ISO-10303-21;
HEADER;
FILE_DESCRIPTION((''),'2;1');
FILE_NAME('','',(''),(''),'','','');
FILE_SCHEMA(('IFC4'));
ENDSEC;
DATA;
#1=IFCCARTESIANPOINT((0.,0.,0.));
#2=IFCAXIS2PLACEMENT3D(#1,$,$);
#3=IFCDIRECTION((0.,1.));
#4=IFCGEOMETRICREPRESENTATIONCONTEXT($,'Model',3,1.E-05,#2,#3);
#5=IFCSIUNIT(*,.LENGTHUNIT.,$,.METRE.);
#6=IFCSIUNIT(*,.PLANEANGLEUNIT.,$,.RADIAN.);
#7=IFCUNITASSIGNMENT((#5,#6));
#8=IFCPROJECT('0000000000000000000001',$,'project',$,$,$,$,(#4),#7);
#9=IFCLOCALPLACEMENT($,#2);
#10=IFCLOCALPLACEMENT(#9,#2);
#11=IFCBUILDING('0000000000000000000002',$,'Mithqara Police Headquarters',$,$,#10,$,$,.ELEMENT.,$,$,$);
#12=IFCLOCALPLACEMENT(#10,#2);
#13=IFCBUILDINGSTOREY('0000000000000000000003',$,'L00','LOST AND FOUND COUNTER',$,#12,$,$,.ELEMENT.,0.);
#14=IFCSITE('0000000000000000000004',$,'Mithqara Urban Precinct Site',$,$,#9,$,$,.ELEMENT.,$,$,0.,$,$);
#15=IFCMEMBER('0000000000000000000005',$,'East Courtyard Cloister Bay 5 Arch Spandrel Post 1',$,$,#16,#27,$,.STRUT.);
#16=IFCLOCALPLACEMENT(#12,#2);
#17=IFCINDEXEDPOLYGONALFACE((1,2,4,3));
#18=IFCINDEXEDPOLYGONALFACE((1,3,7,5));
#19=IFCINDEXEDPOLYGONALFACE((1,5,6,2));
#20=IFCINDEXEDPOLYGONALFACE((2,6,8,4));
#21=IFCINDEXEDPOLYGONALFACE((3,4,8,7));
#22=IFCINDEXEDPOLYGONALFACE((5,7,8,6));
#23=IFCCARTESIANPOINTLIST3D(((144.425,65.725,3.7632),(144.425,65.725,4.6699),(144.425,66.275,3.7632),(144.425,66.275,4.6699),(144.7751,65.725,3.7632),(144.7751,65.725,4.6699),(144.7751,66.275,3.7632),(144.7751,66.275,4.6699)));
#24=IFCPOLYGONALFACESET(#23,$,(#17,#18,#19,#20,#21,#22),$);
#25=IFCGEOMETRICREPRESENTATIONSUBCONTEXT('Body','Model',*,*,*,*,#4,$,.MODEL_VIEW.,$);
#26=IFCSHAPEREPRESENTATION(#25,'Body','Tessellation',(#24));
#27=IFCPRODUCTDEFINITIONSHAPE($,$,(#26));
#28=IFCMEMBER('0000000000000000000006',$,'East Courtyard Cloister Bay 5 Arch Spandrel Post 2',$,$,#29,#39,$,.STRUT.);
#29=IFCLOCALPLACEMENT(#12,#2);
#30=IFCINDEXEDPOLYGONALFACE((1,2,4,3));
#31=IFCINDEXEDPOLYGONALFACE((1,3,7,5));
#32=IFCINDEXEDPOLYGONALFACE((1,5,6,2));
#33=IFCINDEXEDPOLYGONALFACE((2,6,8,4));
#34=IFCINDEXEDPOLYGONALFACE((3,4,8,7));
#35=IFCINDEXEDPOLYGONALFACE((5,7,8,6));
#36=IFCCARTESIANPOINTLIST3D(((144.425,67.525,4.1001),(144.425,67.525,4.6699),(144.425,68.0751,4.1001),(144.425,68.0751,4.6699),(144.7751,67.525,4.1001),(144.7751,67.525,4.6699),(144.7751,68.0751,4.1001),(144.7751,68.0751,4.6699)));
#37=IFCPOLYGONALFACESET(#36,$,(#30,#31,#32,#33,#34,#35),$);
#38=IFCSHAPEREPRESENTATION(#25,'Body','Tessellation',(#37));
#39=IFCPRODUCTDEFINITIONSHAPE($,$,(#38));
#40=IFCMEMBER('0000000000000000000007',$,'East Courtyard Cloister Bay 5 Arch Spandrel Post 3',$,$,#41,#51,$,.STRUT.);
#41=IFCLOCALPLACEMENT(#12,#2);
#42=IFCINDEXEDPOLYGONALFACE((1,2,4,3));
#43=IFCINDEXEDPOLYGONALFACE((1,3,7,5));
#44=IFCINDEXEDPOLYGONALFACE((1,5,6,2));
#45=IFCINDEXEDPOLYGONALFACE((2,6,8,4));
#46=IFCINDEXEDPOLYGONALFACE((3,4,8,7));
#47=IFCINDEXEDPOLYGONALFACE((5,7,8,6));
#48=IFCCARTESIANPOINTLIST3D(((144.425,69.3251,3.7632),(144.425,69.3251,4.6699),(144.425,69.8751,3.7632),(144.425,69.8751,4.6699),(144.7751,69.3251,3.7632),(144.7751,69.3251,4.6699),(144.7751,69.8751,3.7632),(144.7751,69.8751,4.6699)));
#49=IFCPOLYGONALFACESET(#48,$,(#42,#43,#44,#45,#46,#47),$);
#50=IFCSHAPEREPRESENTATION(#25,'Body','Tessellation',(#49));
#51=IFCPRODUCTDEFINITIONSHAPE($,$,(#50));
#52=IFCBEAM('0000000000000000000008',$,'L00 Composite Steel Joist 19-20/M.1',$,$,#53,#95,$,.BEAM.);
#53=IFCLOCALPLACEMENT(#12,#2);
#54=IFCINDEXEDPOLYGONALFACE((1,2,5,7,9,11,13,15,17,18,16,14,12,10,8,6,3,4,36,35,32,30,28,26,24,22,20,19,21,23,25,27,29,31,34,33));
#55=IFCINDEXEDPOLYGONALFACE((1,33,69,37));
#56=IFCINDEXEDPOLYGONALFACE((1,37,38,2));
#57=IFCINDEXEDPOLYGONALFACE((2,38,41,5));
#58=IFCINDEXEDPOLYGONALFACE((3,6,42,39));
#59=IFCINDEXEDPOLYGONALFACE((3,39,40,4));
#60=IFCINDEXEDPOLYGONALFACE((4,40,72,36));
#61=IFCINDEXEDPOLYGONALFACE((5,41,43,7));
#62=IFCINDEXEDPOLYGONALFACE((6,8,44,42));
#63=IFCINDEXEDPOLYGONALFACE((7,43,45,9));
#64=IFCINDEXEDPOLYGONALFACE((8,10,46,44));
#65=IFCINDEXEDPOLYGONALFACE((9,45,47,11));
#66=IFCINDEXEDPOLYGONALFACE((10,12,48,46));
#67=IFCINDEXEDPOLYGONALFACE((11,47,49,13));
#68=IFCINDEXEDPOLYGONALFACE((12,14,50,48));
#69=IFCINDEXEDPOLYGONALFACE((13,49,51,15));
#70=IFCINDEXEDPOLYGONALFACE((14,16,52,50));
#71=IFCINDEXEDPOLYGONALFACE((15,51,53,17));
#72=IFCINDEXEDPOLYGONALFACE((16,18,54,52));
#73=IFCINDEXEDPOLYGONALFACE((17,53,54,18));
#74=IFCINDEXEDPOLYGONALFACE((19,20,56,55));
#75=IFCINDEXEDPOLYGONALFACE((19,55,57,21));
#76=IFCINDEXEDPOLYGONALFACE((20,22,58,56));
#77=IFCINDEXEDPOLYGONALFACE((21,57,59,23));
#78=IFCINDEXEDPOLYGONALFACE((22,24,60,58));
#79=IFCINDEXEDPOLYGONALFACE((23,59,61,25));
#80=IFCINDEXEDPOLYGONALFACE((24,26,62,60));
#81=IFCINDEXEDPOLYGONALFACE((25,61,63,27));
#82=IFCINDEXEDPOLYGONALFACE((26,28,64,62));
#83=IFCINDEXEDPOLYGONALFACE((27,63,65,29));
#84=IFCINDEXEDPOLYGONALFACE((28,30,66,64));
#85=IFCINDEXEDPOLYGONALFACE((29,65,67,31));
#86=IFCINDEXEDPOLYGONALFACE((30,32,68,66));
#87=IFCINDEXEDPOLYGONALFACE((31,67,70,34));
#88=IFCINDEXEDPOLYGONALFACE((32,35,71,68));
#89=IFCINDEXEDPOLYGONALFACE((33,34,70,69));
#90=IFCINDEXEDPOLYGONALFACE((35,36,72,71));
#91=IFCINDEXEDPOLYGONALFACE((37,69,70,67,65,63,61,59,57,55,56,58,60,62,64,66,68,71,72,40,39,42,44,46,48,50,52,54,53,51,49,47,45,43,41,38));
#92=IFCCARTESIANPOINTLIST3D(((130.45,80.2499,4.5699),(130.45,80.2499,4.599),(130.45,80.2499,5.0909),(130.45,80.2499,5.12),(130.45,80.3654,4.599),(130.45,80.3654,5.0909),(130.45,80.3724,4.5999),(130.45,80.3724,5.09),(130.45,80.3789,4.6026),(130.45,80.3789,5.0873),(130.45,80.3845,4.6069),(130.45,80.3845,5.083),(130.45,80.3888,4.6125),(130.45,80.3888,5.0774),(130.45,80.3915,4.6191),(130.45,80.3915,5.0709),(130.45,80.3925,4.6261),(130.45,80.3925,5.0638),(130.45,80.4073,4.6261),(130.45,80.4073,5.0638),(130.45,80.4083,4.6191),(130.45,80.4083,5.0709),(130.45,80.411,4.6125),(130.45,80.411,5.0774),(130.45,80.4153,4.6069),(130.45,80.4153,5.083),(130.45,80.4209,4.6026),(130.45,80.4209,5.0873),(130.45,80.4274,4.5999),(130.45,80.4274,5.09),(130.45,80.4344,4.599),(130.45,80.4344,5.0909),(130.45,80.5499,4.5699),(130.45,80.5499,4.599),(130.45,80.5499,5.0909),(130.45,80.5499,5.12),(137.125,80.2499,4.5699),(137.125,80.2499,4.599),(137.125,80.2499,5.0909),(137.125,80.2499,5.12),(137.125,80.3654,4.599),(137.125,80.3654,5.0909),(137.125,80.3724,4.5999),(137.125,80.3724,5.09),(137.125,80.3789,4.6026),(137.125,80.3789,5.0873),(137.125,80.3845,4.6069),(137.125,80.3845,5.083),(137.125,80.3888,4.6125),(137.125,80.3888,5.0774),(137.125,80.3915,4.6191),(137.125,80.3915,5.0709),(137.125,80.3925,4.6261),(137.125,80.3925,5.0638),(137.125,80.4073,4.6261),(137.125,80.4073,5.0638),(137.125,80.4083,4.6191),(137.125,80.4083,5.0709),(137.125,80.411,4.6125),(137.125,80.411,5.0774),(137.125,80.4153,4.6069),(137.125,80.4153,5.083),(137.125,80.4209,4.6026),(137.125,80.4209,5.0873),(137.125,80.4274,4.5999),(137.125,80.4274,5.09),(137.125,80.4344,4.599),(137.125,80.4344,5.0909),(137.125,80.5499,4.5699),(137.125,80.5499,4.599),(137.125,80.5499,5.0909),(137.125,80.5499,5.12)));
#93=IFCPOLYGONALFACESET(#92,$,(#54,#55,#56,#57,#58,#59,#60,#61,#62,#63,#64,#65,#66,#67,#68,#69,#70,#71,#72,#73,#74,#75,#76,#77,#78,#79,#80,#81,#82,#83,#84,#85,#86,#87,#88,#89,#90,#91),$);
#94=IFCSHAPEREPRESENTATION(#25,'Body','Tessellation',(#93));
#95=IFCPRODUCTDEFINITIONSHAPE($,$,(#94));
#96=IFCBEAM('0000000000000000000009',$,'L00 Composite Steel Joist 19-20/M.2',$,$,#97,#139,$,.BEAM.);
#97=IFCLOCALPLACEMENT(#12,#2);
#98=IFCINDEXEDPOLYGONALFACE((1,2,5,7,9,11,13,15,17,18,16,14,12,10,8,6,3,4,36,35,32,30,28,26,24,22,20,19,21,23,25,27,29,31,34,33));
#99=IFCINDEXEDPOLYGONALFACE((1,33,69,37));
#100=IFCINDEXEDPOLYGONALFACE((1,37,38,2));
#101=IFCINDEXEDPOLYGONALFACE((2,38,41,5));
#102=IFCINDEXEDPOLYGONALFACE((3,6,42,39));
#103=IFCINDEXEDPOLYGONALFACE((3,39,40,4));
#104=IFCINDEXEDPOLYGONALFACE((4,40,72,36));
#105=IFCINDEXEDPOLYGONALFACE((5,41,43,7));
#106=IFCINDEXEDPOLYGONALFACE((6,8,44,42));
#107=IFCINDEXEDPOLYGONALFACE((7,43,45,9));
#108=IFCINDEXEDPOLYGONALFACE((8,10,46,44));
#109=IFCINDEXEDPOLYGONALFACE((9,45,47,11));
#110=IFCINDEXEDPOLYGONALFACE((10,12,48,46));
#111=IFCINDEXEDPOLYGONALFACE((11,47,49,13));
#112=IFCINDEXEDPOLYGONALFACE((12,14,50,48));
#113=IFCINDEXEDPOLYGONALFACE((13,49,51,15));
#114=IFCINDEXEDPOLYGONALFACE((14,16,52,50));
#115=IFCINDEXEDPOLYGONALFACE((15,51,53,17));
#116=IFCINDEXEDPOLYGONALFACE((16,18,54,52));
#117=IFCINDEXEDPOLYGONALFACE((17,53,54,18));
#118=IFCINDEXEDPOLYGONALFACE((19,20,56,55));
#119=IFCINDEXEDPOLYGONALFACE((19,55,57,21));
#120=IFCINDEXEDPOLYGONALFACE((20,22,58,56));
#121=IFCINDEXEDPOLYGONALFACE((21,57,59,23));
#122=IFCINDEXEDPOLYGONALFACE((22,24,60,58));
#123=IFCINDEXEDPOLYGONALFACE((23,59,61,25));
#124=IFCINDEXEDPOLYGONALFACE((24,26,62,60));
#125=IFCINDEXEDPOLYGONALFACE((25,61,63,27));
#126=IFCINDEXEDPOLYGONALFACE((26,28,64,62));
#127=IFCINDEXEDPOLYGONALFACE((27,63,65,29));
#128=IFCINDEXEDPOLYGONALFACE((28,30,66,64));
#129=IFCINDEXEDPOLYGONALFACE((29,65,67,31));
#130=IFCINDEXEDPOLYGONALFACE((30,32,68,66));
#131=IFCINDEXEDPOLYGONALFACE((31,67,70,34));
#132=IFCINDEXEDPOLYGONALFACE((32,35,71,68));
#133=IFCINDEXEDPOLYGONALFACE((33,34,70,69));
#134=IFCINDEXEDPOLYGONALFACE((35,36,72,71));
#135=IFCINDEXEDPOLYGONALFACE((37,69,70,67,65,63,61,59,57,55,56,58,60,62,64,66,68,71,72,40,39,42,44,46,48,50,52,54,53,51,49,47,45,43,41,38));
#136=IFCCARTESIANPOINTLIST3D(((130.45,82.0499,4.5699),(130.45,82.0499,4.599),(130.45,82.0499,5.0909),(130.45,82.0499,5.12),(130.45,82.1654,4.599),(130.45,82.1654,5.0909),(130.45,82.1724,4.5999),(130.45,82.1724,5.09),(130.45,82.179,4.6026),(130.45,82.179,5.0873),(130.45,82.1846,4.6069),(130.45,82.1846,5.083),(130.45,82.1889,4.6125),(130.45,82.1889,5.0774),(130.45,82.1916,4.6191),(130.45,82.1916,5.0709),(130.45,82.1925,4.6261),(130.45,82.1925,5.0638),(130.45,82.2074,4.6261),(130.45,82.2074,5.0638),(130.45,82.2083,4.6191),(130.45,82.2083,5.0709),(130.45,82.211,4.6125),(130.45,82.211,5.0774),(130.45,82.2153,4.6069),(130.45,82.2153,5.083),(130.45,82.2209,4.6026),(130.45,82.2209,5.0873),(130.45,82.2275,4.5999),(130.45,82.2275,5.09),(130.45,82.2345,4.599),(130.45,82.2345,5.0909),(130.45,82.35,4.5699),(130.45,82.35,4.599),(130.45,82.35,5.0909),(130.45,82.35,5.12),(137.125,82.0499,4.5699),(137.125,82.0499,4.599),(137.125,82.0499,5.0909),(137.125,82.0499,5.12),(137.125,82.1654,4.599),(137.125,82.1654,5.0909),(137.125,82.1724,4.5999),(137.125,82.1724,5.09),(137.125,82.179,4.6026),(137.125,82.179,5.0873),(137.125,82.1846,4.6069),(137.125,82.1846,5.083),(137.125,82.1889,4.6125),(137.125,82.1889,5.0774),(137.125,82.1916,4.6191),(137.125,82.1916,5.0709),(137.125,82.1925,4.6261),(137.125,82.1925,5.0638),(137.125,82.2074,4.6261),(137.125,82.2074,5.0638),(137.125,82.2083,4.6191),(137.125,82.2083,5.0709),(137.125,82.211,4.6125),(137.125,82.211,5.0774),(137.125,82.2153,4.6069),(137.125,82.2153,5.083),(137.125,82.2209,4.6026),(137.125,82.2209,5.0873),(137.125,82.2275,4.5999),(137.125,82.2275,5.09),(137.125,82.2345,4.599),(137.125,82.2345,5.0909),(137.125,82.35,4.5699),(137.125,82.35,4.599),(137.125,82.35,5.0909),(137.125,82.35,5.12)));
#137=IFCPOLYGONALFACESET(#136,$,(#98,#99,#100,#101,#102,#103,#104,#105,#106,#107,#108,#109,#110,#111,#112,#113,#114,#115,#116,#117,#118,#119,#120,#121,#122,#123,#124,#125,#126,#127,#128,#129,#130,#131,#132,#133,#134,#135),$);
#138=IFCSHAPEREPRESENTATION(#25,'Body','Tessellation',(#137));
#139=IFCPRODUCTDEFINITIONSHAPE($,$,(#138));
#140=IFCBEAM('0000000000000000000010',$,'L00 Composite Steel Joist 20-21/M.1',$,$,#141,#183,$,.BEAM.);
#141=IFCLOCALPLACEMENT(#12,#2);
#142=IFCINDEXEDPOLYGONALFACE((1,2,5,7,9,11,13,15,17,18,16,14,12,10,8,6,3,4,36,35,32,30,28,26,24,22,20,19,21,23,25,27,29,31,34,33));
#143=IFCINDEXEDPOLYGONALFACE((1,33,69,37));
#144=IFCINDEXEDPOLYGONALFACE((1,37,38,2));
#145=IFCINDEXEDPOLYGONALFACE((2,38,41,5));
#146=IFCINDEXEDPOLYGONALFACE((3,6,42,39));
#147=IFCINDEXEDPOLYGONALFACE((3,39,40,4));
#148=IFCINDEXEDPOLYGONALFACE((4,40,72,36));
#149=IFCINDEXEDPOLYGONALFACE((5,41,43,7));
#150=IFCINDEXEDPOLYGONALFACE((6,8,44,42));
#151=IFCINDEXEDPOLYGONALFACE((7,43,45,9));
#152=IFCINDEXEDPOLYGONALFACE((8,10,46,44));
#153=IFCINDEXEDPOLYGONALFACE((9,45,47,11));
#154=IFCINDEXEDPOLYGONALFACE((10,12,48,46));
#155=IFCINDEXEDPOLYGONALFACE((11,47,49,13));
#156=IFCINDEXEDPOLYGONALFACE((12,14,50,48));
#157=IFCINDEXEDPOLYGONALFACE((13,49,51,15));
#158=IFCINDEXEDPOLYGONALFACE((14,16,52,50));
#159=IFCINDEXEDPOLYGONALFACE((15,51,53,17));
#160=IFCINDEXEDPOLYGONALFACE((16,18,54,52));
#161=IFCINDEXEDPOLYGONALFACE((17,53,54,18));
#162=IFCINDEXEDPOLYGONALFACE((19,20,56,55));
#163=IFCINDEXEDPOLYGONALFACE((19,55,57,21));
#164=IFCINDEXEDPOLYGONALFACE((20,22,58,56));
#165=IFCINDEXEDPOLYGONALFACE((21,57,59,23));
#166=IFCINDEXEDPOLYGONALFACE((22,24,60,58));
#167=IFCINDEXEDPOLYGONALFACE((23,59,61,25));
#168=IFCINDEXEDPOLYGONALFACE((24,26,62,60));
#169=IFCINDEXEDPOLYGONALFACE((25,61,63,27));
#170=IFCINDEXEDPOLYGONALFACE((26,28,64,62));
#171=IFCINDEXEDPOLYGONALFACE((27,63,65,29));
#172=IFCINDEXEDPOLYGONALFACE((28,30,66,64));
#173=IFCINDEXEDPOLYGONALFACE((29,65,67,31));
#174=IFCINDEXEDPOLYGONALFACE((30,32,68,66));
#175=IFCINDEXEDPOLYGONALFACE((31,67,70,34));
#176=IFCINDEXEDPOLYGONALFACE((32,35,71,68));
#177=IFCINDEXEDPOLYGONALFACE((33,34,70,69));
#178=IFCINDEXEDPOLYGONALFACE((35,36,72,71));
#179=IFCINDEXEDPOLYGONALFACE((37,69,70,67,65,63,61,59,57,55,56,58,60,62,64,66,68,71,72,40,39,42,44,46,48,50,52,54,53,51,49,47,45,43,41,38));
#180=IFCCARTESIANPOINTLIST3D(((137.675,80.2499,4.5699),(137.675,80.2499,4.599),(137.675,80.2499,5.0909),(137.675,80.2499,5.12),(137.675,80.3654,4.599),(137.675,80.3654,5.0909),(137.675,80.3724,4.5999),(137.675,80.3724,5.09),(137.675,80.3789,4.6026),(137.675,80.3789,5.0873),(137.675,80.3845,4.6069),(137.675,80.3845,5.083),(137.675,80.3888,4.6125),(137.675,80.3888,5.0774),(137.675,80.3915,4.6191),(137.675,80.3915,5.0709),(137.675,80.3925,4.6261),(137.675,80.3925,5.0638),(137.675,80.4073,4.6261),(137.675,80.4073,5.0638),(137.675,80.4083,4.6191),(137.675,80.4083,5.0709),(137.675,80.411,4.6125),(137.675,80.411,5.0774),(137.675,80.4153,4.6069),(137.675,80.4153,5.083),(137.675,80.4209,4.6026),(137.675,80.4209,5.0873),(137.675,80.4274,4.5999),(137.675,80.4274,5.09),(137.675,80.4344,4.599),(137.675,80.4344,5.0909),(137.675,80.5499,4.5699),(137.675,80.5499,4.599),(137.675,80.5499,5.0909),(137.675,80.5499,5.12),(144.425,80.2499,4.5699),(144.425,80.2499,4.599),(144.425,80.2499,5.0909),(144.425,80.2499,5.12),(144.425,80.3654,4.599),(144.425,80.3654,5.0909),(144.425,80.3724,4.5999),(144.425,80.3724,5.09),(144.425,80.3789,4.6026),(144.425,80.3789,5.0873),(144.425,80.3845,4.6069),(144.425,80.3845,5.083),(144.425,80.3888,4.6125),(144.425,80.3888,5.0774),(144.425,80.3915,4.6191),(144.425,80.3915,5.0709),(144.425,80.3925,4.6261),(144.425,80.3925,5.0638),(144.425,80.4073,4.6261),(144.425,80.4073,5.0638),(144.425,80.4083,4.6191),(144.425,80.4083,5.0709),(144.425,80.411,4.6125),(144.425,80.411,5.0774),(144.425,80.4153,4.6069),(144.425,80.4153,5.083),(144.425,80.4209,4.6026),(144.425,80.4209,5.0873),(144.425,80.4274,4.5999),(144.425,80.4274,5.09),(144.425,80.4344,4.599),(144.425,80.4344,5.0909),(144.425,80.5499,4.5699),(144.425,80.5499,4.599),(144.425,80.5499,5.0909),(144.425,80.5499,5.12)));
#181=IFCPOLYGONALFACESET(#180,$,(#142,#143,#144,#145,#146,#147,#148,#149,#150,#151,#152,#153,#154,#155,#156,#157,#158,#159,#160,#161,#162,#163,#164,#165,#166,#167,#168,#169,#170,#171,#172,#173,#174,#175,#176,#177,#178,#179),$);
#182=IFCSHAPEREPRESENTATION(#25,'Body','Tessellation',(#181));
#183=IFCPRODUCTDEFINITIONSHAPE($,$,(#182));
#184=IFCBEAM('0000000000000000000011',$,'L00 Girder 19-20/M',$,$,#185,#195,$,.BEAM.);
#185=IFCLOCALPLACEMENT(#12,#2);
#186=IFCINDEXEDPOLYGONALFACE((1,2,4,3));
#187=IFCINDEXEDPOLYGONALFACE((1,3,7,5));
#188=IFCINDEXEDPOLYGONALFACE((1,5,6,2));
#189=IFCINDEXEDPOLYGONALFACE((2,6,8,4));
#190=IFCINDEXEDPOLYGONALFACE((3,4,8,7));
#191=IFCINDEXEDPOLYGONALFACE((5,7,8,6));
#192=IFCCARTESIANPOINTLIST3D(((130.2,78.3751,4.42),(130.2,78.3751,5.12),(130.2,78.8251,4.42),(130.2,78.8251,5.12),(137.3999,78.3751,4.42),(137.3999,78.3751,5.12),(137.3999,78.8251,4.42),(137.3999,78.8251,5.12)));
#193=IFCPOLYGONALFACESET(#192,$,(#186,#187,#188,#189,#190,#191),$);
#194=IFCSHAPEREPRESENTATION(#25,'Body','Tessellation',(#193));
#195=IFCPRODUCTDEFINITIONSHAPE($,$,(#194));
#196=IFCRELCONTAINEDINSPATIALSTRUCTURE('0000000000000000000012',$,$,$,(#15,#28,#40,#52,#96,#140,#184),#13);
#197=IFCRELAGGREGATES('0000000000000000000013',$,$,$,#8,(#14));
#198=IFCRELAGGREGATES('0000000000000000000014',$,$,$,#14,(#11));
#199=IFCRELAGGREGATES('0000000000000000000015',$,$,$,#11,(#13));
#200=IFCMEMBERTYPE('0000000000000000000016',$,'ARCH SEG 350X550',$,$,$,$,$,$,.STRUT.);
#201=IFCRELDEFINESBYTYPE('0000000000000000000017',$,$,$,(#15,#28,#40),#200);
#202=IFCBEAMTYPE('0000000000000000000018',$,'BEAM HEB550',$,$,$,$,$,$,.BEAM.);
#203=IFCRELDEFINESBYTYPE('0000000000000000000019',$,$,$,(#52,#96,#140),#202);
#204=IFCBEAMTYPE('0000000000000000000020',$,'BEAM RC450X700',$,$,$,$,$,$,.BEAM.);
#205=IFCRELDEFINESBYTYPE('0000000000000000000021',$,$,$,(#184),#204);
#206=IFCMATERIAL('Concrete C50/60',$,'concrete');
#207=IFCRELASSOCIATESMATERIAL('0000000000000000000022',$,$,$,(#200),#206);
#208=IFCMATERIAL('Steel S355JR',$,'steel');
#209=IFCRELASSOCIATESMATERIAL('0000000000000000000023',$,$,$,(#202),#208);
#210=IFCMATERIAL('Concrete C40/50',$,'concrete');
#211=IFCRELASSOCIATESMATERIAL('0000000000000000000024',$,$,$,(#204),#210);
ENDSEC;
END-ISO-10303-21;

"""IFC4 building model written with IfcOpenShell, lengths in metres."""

from ifc_helpers import new_model, si_unit, direction, frame, origin, origin_2d, place, context, subcontext, project, spatial, rectangle, i_section, extrude, material, material_profile, profile_set, type_object, element, save


model = new_model("IFC4")

# Units and contexts
model_context = context("Model", 3, precision=1e-05, world=origin(), true_north=direction((0.0, 1.0)))
body_context = subcontext(model_context, "Body", "Model", "MODEL_VIEW")
ifc_project = project(units=[si_unit("LENGTHUNIT", "METRE"), si_unit("PLANEANGLEUNIT", "RADIAN")], contexts=[model_context])

# Site, building, storey
site_placement = place(None, origin())
site = spatial("IfcSite", under=ifc_project, at=site_placement, Name="Mithqara Urban Precinct Site", CompositionType="ELEMENT", RefElevation=0.0)
building_placement = place(site_placement, origin())
building = spatial("IfcBuilding", under=site, at=building_placement, Name="Mithqara Police Headquarters", CompositionType="ELEMENT")
storey_placement = place(building_placement, origin())
storey = spatial("IfcBuildingStorey", under=building, at=storey_placement, Name="L00", Description="LOST AND FOUND COUNTER", CompositionType="ELEMENT", Elevation=0.0)

# Shared definitions
ifc_material_1 = material(Name="Concrete C50/60", Category="concrete")

# Members
ifc_material_profile_1 = material_profile(ifc_material_1, rectangle(XDim=0.3501, YDim=0.55, at=origin_2d()), Name="ARC 350x550")
ifc_profile_set_1 = profile_set([ifc_material_profile_1], Name="Concrete C50/60")
member_type = type_object("IfcMemberType", Name="ARCH SEG 350X550", PredefinedType="STRUT", material=ifc_profile_set_1)
member_1_placement = place(storey_placement, frame((144.6001, 66.0, 3.7632), z_axis=(0.0, 0.0, 1.0), x_axis=(1.0, 0.0, 0.0)))
element("IfcMember", 1, at=member_1_placement, inside=storey, type_object=member_type, Name="East Courtyard Cloister Bay 5 Arch Spandrel Post 1", PredefinedType="STRUT", context=body_context, shape_type="SweptSolid", body=[
    extrude(rectangle(XDim=0.3501, YDim=0.55, at=origin_2d()), origin(), (0.0, 0.0, 1.0), 0.9067),
])
member_2_placement = place(storey_placement, frame((144.6001, 67.8, 4.1001), z_axis=(0.0, 0.0, 1.0), x_axis=(1.0, 0.0, 0.0)))
element("IfcMember", 2, at=member_2_placement, inside=storey, type_object=member_type, Name="East Courtyard Cloister Bay 5 Arch Spandrel Post 2", PredefinedType="STRUT", context=body_context, shape_type="SweptSolid", body=[
    extrude(rectangle(XDim=0.3501, YDim=0.55, at=origin_2d()), origin(), (0.0, 0.0, 1.0), 0.5698),
])
member_3_placement = place(storey_placement, frame((144.6001, 69.6001, 3.7632), z_axis=(0.0, 0.0, 1.0), x_axis=(1.0, 0.0, 0.0)))
element("IfcMember", 3, at=member_3_placement, inside=storey, type_object=member_type, Name="East Courtyard Cloister Bay 5 Arch Spandrel Post 3", PredefinedType="STRUT", context=body_context, shape_type="SweptSolid", body=[
    extrude(rectangle(XDim=0.3501, YDim=0.55, at=origin_2d()), origin(), (0.0, 0.0, 1.0), 0.9067),
])

# Beams
ifc_material_2 = material(Name="Steel S355JR", Category="steel")
ifc_material_profile_2 = material_profile(ifc_material_2, i_section(OverallWidth=0.3, OverallDepth=0.55, WebThickness=0.0149, FlangeThickness=0.0291, FilletRadius=0.0271, at=origin_2d()), Name="HEB 550")
ifc_profile_set_2 = profile_set([ifc_material_profile_2], Name="Steel S355JR")
beam_type_1 = type_object("IfcBeamType", Name="BEAM HEB550", PredefinedType="BEAM", material=ifc_profile_set_2)
for number, where, z_axis, x_axis, name in (
    (4, (130.45, 80.3999, 4.845), (1.0, 0.0, 0.0), (0.0, 1.0, 0.0), "L00 Composite Steel Joist 19-20/M.1"),
    (5, (130.45, 82.2, 4.845), (1.0, 0.0, 0.0), (0.0, 1.0, 0.0), "L00 Composite Steel Joist 19-20/M.2"),
):
    element("IfcBeam", number, at=place(storey_placement, frame(where, z_axis=z_axis, x_axis=x_axis)), inside=storey, type_object=beam_type_1, Name=name, PredefinedType="BEAM", context=body_context, shape_type="SweptSolid", body=[
        extrude(i_section(OverallWidth=0.3, OverallDepth=0.55, WebThickness=0.0149, FlangeThickness=0.0291, FilletRadius=0.0271, at=origin_2d()), origin(), (0.0, 0.0, 1.0), 6.675),
    ])
beam_1_placement = place(storey_placement, frame((137.675, 80.3999, 4.845), z_axis=(1.0, 0.0, 0.0), x_axis=(0.0, 1.0, 0.0)))
element("IfcBeam", 6, at=beam_1_placement, inside=storey, type_object=beam_type_1, Name="L00 Composite Steel Joist 20-21/M.1", PredefinedType="BEAM", context=body_context, shape_type="SweptSolid", body=[
    extrude(i_section(OverallWidth=0.3, OverallDepth=0.55, WebThickness=0.0149, FlangeThickness=0.0291, FilletRadius=0.0271, at=origin_2d()), origin(), (0.0, 0.0, 1.0), 6.75),
])
ifc_material_3 = material(Name="Concrete C40/50", Category="concrete")
ifc_material_profile_3 = material_profile(ifc_material_3, rectangle(XDim=0.45, YDim=0.7, at=origin_2d()), Name="RC 450x700")
ifc_profile_set_3 = profile_set([ifc_material_profile_3], Name="Concrete C40/50")
beam_type_2 = type_object("IfcBeamType", Name="BEAM RC450X700", PredefinedType="BEAM", material=ifc_profile_set_3)
for number, where, z_axis, x_axis, name in (
    (7, (130.2, 78.6001, 4.77), (1.0, 0.0, 0.0), (0.0, 1.0, 0.0), "L00 Girder 19-20/M"),
):
    element("IfcBeam", number, at=place(storey_placement, frame(where, z_axis=z_axis, x_axis=x_axis)), inside=storey, type_object=beam_type_2, Name=name, PredefinedType="BEAM", context=body_context, shape_type="SweptSolid", body=[
        extrude(rectangle(XDim=0.45, YDim=0.7, at=origin_2d()), origin(), (0.0, 0.0, 1.0), 7.2),
    ])

save(model, "model.ifc")
